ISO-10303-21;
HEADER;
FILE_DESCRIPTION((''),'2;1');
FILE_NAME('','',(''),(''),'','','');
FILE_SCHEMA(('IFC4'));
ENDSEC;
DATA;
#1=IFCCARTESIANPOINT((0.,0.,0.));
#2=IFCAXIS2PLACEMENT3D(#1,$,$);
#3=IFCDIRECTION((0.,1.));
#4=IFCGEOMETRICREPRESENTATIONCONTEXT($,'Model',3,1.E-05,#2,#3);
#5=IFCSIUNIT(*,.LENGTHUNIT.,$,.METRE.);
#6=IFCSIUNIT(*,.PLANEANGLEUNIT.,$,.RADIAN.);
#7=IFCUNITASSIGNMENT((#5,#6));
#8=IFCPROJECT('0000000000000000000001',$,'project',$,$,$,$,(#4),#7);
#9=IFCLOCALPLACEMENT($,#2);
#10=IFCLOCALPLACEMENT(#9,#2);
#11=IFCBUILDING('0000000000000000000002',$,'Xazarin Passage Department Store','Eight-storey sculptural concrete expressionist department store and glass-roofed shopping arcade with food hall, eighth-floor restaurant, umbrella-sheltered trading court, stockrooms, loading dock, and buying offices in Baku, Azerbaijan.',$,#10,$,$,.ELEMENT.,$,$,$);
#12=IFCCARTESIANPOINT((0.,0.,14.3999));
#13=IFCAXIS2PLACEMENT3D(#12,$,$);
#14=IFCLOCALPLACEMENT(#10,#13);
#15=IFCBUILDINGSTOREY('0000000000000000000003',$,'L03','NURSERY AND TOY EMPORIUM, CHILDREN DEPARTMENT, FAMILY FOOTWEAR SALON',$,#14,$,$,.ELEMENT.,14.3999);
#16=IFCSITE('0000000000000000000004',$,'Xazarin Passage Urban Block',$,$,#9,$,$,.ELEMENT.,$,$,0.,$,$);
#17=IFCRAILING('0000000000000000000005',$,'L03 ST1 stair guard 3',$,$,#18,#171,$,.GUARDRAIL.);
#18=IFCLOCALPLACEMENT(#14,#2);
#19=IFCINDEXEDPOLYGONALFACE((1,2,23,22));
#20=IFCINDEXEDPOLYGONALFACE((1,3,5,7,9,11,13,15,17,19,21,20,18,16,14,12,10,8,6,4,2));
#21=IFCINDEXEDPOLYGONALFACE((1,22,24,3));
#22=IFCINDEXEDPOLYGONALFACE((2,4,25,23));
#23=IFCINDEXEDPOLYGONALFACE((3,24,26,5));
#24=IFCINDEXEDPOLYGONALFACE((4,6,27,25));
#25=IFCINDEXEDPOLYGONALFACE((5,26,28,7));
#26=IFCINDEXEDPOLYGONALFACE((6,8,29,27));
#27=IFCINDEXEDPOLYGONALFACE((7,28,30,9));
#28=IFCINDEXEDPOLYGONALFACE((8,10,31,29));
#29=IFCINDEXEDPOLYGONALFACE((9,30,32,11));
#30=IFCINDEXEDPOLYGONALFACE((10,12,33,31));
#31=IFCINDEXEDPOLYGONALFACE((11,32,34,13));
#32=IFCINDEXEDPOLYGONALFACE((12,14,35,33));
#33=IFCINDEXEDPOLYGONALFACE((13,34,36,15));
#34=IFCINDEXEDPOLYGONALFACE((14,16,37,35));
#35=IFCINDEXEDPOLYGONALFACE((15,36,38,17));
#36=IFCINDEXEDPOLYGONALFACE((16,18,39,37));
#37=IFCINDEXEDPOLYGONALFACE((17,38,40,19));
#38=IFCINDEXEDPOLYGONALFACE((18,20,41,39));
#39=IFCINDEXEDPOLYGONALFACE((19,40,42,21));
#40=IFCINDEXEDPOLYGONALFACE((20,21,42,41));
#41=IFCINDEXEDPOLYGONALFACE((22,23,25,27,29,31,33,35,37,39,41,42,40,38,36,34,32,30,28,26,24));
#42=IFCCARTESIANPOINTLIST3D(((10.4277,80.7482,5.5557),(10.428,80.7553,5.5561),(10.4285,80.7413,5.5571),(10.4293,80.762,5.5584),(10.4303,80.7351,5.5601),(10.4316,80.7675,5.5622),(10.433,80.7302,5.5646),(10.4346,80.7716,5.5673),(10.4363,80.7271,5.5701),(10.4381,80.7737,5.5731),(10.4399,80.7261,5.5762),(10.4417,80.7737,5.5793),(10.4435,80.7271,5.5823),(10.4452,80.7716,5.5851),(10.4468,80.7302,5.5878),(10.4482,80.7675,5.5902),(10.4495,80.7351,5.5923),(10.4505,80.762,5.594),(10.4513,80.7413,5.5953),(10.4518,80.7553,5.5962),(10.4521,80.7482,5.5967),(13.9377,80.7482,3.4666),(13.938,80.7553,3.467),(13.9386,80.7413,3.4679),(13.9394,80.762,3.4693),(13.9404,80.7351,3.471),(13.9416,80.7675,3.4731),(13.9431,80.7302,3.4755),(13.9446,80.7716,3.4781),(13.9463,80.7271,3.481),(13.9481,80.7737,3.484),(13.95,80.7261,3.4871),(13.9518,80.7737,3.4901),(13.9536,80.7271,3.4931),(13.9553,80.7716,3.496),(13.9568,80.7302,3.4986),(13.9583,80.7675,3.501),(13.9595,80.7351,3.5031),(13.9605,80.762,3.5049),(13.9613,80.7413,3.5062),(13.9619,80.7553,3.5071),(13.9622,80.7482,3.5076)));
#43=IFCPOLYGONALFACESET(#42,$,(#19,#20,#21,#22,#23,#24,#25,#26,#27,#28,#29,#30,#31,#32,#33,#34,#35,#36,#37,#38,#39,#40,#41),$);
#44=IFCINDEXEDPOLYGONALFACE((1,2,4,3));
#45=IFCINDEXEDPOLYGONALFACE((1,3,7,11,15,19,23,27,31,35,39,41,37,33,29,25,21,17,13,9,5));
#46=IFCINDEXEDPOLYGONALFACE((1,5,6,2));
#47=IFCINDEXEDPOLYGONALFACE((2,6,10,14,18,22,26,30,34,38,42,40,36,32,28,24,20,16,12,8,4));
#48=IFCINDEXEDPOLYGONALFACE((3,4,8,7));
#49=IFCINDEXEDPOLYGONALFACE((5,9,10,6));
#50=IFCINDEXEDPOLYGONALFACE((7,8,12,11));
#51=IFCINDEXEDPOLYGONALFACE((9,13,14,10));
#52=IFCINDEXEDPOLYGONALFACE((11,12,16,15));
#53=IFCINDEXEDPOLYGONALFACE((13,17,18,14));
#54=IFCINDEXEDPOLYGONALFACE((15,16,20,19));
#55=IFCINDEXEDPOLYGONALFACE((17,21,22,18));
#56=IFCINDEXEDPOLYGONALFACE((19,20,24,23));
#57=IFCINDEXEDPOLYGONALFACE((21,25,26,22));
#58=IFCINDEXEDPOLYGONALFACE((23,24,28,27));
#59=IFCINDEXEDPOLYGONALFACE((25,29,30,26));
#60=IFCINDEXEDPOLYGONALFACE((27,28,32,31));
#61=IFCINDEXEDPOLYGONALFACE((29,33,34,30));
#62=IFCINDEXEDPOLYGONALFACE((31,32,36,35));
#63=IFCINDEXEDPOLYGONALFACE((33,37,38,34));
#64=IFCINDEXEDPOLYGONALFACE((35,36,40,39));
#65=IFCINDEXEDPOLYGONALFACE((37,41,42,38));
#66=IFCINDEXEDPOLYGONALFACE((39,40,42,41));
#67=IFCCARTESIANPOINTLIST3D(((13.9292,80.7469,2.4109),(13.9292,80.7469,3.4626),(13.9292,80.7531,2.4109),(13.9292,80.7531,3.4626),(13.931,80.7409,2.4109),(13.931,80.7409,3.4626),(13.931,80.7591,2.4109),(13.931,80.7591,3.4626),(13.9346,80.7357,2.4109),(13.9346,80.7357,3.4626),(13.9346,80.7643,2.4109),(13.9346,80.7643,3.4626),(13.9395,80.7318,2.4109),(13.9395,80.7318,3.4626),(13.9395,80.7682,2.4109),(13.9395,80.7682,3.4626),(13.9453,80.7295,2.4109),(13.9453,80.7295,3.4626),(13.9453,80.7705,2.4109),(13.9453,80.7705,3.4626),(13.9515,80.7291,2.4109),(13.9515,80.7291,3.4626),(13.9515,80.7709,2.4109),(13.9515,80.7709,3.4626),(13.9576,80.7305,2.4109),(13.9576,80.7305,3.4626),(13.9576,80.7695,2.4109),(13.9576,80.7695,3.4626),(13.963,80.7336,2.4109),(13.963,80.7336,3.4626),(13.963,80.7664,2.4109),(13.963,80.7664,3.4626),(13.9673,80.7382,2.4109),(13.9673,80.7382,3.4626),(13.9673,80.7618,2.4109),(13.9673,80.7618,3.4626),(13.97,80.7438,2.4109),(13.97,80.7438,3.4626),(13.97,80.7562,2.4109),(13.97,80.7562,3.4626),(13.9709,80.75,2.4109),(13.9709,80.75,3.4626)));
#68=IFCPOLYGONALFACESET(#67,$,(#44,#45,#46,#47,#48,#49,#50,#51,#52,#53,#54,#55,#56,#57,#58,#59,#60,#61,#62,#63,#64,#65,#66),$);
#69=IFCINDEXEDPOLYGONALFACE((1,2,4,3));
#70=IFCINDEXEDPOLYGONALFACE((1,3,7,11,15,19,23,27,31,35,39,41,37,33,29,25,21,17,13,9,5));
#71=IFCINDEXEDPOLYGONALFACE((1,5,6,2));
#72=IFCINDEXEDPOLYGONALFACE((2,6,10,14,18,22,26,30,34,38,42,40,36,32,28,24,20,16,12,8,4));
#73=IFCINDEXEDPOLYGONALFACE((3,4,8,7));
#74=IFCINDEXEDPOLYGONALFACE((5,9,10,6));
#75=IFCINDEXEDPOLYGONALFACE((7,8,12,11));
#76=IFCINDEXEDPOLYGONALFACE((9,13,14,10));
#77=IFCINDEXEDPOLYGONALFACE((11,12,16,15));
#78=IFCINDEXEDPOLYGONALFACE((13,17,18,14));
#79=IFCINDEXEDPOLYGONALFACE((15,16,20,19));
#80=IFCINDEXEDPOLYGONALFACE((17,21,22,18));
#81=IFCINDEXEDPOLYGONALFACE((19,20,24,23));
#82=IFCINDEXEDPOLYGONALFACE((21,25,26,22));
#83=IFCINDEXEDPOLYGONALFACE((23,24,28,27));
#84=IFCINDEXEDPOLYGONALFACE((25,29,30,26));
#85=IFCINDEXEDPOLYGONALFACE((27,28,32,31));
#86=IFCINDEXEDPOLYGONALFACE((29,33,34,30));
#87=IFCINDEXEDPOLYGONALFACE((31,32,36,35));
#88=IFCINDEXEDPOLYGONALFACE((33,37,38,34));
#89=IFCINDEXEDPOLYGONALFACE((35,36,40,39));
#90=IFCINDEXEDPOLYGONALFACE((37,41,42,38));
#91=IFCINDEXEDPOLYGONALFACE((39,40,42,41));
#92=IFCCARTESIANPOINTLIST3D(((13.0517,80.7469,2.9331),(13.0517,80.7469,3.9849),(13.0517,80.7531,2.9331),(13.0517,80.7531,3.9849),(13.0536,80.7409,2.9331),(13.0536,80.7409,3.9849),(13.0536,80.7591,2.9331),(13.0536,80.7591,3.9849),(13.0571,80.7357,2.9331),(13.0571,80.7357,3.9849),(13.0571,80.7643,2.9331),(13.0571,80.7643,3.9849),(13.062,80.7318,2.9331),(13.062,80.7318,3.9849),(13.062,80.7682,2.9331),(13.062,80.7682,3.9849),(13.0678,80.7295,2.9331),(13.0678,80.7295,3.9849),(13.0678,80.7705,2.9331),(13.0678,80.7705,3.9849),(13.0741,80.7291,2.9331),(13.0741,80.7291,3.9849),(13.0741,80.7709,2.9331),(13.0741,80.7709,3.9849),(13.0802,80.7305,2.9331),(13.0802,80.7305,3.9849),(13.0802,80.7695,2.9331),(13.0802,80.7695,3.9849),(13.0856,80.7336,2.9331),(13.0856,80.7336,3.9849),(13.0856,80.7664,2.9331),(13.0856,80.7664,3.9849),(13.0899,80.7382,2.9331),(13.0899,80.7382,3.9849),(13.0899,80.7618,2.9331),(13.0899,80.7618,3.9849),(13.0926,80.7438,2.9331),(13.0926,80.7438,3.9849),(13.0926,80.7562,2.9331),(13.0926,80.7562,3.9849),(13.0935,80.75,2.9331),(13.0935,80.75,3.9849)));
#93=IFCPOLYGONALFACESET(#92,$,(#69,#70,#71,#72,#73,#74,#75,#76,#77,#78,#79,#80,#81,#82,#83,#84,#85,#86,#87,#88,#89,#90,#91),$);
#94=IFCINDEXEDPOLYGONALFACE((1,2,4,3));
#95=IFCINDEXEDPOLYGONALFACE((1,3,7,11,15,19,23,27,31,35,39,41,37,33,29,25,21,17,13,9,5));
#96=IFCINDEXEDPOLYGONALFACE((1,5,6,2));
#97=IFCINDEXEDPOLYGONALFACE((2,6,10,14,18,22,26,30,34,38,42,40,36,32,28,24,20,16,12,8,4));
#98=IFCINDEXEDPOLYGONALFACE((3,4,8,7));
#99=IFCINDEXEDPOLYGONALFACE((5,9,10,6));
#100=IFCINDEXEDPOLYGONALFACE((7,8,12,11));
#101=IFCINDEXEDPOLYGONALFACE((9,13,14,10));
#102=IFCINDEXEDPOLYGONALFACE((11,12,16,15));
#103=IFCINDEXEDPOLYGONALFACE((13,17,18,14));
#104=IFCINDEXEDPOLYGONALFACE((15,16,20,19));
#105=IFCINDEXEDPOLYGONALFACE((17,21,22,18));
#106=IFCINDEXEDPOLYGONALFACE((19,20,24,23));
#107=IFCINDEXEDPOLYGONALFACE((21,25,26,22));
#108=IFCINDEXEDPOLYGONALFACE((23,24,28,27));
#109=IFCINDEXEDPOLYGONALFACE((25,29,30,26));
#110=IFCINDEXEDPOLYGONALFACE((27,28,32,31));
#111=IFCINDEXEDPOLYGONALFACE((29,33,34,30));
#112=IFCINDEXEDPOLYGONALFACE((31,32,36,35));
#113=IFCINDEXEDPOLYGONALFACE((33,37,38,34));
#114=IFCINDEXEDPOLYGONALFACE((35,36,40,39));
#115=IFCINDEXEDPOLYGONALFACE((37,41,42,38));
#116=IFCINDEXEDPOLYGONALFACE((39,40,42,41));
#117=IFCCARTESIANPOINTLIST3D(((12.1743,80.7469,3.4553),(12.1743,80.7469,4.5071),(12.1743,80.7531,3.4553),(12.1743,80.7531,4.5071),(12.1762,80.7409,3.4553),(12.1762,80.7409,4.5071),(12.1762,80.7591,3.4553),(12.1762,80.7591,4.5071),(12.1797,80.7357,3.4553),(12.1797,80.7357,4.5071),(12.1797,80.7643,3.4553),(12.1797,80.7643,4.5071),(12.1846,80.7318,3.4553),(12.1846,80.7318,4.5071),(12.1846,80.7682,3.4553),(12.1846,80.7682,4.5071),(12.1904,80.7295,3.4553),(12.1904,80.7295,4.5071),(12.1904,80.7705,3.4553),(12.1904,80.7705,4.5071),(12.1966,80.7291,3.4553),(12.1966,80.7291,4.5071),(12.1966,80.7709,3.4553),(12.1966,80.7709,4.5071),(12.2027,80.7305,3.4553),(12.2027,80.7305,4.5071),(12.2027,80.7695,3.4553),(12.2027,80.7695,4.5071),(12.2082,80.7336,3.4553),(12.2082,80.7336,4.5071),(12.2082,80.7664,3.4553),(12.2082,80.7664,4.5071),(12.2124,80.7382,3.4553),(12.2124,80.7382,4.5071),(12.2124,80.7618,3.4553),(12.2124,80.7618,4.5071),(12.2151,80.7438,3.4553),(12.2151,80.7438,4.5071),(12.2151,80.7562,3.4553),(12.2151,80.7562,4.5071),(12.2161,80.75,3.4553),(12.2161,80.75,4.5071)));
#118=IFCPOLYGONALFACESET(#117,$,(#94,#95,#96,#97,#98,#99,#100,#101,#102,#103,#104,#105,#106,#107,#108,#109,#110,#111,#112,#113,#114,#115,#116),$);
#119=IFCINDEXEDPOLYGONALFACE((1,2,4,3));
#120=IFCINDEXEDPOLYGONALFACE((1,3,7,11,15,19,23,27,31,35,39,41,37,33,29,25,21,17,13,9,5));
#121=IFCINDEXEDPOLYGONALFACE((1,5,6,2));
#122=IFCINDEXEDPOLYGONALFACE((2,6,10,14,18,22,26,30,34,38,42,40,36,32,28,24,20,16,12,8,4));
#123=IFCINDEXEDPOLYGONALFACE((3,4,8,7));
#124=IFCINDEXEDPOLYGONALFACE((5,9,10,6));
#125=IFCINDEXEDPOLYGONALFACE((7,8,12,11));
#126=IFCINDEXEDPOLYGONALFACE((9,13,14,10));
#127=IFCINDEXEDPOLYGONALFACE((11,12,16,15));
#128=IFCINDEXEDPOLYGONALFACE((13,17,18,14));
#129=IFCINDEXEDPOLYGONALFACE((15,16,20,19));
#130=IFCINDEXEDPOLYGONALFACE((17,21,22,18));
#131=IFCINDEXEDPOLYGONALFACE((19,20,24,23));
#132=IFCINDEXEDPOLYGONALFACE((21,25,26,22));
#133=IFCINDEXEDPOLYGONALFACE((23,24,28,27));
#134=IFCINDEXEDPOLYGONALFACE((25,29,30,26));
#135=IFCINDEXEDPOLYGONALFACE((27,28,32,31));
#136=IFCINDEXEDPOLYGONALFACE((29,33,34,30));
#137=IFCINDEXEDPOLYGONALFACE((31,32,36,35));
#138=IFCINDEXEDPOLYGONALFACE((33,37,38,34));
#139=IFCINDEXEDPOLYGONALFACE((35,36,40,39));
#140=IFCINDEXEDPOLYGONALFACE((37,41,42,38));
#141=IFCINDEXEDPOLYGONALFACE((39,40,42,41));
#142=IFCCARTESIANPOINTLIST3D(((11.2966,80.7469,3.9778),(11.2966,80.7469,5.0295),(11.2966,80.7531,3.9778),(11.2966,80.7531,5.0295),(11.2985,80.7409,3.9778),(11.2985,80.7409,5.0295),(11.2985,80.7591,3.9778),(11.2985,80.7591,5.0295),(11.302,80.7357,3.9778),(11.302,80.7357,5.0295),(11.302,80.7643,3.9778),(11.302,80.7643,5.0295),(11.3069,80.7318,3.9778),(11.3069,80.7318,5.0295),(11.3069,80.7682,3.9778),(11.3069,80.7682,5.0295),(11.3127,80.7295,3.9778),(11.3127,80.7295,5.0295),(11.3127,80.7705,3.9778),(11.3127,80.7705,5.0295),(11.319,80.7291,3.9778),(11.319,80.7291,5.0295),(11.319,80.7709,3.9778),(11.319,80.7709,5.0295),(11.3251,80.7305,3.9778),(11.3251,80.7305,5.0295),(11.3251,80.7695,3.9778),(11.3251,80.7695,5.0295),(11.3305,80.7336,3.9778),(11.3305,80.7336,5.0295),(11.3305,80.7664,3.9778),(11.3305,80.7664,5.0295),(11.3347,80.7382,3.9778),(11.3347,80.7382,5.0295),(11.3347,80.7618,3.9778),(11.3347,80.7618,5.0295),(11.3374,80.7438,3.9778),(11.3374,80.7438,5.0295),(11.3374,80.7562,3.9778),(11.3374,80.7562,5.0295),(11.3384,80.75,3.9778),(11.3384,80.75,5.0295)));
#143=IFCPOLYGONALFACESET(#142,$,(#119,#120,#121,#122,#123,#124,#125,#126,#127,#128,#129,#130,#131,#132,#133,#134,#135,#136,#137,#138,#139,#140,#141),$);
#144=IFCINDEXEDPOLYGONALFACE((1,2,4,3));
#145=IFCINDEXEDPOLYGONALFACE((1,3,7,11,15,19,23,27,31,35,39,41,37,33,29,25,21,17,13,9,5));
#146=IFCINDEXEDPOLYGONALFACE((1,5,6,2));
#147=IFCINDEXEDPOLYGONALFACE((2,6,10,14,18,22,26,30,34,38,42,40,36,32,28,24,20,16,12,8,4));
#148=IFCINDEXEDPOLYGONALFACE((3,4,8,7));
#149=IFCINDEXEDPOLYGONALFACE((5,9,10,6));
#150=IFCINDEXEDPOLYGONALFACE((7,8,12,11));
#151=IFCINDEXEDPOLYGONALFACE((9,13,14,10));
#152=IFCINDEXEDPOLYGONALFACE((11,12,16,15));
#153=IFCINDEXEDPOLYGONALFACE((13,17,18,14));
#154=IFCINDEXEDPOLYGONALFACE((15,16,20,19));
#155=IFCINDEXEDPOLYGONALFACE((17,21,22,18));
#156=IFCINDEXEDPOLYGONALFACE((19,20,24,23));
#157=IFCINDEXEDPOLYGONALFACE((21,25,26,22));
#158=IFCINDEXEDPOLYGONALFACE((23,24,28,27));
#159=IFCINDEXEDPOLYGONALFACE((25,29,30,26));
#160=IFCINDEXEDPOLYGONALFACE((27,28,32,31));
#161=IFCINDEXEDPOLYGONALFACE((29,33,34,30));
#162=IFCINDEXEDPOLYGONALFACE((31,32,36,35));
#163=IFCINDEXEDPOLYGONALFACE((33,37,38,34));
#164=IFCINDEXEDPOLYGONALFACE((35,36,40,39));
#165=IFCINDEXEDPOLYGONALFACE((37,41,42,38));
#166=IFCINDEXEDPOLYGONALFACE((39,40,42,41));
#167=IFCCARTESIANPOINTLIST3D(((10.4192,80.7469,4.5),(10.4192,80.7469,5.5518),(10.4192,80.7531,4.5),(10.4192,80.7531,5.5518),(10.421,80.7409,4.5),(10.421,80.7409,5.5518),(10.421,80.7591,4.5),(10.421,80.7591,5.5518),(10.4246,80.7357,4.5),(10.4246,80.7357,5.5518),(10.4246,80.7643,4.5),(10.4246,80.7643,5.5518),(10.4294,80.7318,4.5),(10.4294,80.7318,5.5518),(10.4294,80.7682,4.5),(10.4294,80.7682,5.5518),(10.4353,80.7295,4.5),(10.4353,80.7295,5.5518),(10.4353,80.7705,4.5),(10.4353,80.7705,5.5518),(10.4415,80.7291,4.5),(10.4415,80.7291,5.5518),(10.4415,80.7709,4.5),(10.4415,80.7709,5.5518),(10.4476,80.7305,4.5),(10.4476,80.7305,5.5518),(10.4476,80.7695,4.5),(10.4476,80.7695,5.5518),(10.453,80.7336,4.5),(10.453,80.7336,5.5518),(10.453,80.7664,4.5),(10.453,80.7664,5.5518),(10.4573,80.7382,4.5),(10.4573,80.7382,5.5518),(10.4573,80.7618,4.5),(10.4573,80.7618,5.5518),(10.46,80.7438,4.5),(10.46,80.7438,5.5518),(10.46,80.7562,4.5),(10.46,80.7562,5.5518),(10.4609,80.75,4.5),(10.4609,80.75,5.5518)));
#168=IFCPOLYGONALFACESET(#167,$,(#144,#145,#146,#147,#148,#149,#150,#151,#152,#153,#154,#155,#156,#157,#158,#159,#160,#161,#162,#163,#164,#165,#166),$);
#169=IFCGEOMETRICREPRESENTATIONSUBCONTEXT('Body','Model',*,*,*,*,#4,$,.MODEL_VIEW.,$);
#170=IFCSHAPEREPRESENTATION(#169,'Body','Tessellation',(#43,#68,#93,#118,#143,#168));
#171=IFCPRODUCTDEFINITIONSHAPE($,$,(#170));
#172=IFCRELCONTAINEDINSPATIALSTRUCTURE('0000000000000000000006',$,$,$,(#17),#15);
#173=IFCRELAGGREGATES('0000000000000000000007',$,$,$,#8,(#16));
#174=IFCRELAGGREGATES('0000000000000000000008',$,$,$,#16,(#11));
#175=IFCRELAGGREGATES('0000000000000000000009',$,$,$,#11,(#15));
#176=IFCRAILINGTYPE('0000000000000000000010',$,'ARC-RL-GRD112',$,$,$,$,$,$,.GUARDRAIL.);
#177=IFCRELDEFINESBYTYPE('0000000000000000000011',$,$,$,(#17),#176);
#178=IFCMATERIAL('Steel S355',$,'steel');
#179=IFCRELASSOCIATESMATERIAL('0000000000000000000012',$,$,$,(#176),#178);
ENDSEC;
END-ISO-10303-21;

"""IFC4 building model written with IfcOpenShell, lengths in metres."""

from ifc_helpers import new_model, si_unit, direction, frame, origin, origin_2d, place, context, subcontext, project, spatial, circle, extrude, material, type_object, element, save


model = new_model("IFC4")

# Units and contexts
model_context = context("Model", 3, precision=1e-05, world=origin(), true_north=direction((0.0, 1.0)))
body_context = subcontext(model_context, "Body", "Model", "MODEL_VIEW")
ifc_project = project(units=[si_unit("LENGTHUNIT", "METRE"), si_unit("PLANEANGLEUNIT", "RADIAN")], contexts=[model_context])

# Site, building, storey
site_placement = place(None, origin())
site = spatial("IfcSite", under=ifc_project, at=site_placement, Name="Xazarin Passage Urban Block", CompositionType="ELEMENT", RefElevation=0.0)
building_placement = place(site_placement, origin())
building = spatial("IfcBuilding", under=site, at=building_placement, Name="Xazarin Passage Department Store", Description="Eight-storey sculptural concrete expressionist department store and glass-roofed shopping arcade with food hall, eighth-floor restaurant, umbrella-sheltered trading court, stockrooms, loading dock, and buying offices in Baku, Azerbaijan.", CompositionType="ELEMENT")
storey_placement = place(building_placement, frame((0.0, 0.0, 14.3999)))
storey = spatial("IfcBuildingStorey", under=building, at=storey_placement, Name="L03", Description="NURSERY AND TOY EMPORIUM, CHILDREN DEPARTMENT, FAMILY FOOTWEAR SALON", CompositionType="ELEMENT", Elevation=14.3999)

# Railing
ifc_material_1 = material(Name="Steel S355", Category="steel")
railing_type_1 = type_object("IfcRailingType", Name="ARC-RL-GRD112", PredefinedType="GUARDRAIL", material=ifc_material_1)
railing_1_placement = place(storey_placement, frame((13.95, 80.75, 2.4109)))
element("IfcRailing", 1, at=railing_1_placement, inside=storey, type_object=railing_type_1, Name="L03 ST1 stair guard 3", PredefinedType="GUARDRAIL", context=body_context, shape_type="SweptSolid", body=[
    extrude(circle(Radius=0.0239, at=origin_2d()), frame((0.0, 0.0, 1.0762), z_axis=(-0.859312, 0.0, 0.511451), x_axis=(0.0, -1.0, 0.0)), (0.0, 0.0, 1.0), 4.0847),
    extrude(circle(Radius=0.021, at=origin_2d()), origin(), (0.0, 0.0, 1.0), 1.0518),
    extrude(circle(Radius=0.021, at=origin_2d()), frame((-0.8774, 0.0, 0.5222)), (0.0, 0.0, 1.0), 1.0518),
    extrude(circle(Radius=0.021, at=origin_2d()), frame((-1.7549, 0.0, 1.0444)), (0.0, 0.0, 1.0), 1.0518),
    extrude(circle(Radius=0.021, at=origin_2d()), frame((-2.6326, 0.0, 1.5669)), (0.0, 0.0, 1.0), 1.0518),
    extrude(circle(Radius=0.021, at=origin_2d()), frame((-3.51, 0.0, 2.0891)), (0.0, 0.0, 1.0), 1.0518),
])

save(model, "model.ifc")
